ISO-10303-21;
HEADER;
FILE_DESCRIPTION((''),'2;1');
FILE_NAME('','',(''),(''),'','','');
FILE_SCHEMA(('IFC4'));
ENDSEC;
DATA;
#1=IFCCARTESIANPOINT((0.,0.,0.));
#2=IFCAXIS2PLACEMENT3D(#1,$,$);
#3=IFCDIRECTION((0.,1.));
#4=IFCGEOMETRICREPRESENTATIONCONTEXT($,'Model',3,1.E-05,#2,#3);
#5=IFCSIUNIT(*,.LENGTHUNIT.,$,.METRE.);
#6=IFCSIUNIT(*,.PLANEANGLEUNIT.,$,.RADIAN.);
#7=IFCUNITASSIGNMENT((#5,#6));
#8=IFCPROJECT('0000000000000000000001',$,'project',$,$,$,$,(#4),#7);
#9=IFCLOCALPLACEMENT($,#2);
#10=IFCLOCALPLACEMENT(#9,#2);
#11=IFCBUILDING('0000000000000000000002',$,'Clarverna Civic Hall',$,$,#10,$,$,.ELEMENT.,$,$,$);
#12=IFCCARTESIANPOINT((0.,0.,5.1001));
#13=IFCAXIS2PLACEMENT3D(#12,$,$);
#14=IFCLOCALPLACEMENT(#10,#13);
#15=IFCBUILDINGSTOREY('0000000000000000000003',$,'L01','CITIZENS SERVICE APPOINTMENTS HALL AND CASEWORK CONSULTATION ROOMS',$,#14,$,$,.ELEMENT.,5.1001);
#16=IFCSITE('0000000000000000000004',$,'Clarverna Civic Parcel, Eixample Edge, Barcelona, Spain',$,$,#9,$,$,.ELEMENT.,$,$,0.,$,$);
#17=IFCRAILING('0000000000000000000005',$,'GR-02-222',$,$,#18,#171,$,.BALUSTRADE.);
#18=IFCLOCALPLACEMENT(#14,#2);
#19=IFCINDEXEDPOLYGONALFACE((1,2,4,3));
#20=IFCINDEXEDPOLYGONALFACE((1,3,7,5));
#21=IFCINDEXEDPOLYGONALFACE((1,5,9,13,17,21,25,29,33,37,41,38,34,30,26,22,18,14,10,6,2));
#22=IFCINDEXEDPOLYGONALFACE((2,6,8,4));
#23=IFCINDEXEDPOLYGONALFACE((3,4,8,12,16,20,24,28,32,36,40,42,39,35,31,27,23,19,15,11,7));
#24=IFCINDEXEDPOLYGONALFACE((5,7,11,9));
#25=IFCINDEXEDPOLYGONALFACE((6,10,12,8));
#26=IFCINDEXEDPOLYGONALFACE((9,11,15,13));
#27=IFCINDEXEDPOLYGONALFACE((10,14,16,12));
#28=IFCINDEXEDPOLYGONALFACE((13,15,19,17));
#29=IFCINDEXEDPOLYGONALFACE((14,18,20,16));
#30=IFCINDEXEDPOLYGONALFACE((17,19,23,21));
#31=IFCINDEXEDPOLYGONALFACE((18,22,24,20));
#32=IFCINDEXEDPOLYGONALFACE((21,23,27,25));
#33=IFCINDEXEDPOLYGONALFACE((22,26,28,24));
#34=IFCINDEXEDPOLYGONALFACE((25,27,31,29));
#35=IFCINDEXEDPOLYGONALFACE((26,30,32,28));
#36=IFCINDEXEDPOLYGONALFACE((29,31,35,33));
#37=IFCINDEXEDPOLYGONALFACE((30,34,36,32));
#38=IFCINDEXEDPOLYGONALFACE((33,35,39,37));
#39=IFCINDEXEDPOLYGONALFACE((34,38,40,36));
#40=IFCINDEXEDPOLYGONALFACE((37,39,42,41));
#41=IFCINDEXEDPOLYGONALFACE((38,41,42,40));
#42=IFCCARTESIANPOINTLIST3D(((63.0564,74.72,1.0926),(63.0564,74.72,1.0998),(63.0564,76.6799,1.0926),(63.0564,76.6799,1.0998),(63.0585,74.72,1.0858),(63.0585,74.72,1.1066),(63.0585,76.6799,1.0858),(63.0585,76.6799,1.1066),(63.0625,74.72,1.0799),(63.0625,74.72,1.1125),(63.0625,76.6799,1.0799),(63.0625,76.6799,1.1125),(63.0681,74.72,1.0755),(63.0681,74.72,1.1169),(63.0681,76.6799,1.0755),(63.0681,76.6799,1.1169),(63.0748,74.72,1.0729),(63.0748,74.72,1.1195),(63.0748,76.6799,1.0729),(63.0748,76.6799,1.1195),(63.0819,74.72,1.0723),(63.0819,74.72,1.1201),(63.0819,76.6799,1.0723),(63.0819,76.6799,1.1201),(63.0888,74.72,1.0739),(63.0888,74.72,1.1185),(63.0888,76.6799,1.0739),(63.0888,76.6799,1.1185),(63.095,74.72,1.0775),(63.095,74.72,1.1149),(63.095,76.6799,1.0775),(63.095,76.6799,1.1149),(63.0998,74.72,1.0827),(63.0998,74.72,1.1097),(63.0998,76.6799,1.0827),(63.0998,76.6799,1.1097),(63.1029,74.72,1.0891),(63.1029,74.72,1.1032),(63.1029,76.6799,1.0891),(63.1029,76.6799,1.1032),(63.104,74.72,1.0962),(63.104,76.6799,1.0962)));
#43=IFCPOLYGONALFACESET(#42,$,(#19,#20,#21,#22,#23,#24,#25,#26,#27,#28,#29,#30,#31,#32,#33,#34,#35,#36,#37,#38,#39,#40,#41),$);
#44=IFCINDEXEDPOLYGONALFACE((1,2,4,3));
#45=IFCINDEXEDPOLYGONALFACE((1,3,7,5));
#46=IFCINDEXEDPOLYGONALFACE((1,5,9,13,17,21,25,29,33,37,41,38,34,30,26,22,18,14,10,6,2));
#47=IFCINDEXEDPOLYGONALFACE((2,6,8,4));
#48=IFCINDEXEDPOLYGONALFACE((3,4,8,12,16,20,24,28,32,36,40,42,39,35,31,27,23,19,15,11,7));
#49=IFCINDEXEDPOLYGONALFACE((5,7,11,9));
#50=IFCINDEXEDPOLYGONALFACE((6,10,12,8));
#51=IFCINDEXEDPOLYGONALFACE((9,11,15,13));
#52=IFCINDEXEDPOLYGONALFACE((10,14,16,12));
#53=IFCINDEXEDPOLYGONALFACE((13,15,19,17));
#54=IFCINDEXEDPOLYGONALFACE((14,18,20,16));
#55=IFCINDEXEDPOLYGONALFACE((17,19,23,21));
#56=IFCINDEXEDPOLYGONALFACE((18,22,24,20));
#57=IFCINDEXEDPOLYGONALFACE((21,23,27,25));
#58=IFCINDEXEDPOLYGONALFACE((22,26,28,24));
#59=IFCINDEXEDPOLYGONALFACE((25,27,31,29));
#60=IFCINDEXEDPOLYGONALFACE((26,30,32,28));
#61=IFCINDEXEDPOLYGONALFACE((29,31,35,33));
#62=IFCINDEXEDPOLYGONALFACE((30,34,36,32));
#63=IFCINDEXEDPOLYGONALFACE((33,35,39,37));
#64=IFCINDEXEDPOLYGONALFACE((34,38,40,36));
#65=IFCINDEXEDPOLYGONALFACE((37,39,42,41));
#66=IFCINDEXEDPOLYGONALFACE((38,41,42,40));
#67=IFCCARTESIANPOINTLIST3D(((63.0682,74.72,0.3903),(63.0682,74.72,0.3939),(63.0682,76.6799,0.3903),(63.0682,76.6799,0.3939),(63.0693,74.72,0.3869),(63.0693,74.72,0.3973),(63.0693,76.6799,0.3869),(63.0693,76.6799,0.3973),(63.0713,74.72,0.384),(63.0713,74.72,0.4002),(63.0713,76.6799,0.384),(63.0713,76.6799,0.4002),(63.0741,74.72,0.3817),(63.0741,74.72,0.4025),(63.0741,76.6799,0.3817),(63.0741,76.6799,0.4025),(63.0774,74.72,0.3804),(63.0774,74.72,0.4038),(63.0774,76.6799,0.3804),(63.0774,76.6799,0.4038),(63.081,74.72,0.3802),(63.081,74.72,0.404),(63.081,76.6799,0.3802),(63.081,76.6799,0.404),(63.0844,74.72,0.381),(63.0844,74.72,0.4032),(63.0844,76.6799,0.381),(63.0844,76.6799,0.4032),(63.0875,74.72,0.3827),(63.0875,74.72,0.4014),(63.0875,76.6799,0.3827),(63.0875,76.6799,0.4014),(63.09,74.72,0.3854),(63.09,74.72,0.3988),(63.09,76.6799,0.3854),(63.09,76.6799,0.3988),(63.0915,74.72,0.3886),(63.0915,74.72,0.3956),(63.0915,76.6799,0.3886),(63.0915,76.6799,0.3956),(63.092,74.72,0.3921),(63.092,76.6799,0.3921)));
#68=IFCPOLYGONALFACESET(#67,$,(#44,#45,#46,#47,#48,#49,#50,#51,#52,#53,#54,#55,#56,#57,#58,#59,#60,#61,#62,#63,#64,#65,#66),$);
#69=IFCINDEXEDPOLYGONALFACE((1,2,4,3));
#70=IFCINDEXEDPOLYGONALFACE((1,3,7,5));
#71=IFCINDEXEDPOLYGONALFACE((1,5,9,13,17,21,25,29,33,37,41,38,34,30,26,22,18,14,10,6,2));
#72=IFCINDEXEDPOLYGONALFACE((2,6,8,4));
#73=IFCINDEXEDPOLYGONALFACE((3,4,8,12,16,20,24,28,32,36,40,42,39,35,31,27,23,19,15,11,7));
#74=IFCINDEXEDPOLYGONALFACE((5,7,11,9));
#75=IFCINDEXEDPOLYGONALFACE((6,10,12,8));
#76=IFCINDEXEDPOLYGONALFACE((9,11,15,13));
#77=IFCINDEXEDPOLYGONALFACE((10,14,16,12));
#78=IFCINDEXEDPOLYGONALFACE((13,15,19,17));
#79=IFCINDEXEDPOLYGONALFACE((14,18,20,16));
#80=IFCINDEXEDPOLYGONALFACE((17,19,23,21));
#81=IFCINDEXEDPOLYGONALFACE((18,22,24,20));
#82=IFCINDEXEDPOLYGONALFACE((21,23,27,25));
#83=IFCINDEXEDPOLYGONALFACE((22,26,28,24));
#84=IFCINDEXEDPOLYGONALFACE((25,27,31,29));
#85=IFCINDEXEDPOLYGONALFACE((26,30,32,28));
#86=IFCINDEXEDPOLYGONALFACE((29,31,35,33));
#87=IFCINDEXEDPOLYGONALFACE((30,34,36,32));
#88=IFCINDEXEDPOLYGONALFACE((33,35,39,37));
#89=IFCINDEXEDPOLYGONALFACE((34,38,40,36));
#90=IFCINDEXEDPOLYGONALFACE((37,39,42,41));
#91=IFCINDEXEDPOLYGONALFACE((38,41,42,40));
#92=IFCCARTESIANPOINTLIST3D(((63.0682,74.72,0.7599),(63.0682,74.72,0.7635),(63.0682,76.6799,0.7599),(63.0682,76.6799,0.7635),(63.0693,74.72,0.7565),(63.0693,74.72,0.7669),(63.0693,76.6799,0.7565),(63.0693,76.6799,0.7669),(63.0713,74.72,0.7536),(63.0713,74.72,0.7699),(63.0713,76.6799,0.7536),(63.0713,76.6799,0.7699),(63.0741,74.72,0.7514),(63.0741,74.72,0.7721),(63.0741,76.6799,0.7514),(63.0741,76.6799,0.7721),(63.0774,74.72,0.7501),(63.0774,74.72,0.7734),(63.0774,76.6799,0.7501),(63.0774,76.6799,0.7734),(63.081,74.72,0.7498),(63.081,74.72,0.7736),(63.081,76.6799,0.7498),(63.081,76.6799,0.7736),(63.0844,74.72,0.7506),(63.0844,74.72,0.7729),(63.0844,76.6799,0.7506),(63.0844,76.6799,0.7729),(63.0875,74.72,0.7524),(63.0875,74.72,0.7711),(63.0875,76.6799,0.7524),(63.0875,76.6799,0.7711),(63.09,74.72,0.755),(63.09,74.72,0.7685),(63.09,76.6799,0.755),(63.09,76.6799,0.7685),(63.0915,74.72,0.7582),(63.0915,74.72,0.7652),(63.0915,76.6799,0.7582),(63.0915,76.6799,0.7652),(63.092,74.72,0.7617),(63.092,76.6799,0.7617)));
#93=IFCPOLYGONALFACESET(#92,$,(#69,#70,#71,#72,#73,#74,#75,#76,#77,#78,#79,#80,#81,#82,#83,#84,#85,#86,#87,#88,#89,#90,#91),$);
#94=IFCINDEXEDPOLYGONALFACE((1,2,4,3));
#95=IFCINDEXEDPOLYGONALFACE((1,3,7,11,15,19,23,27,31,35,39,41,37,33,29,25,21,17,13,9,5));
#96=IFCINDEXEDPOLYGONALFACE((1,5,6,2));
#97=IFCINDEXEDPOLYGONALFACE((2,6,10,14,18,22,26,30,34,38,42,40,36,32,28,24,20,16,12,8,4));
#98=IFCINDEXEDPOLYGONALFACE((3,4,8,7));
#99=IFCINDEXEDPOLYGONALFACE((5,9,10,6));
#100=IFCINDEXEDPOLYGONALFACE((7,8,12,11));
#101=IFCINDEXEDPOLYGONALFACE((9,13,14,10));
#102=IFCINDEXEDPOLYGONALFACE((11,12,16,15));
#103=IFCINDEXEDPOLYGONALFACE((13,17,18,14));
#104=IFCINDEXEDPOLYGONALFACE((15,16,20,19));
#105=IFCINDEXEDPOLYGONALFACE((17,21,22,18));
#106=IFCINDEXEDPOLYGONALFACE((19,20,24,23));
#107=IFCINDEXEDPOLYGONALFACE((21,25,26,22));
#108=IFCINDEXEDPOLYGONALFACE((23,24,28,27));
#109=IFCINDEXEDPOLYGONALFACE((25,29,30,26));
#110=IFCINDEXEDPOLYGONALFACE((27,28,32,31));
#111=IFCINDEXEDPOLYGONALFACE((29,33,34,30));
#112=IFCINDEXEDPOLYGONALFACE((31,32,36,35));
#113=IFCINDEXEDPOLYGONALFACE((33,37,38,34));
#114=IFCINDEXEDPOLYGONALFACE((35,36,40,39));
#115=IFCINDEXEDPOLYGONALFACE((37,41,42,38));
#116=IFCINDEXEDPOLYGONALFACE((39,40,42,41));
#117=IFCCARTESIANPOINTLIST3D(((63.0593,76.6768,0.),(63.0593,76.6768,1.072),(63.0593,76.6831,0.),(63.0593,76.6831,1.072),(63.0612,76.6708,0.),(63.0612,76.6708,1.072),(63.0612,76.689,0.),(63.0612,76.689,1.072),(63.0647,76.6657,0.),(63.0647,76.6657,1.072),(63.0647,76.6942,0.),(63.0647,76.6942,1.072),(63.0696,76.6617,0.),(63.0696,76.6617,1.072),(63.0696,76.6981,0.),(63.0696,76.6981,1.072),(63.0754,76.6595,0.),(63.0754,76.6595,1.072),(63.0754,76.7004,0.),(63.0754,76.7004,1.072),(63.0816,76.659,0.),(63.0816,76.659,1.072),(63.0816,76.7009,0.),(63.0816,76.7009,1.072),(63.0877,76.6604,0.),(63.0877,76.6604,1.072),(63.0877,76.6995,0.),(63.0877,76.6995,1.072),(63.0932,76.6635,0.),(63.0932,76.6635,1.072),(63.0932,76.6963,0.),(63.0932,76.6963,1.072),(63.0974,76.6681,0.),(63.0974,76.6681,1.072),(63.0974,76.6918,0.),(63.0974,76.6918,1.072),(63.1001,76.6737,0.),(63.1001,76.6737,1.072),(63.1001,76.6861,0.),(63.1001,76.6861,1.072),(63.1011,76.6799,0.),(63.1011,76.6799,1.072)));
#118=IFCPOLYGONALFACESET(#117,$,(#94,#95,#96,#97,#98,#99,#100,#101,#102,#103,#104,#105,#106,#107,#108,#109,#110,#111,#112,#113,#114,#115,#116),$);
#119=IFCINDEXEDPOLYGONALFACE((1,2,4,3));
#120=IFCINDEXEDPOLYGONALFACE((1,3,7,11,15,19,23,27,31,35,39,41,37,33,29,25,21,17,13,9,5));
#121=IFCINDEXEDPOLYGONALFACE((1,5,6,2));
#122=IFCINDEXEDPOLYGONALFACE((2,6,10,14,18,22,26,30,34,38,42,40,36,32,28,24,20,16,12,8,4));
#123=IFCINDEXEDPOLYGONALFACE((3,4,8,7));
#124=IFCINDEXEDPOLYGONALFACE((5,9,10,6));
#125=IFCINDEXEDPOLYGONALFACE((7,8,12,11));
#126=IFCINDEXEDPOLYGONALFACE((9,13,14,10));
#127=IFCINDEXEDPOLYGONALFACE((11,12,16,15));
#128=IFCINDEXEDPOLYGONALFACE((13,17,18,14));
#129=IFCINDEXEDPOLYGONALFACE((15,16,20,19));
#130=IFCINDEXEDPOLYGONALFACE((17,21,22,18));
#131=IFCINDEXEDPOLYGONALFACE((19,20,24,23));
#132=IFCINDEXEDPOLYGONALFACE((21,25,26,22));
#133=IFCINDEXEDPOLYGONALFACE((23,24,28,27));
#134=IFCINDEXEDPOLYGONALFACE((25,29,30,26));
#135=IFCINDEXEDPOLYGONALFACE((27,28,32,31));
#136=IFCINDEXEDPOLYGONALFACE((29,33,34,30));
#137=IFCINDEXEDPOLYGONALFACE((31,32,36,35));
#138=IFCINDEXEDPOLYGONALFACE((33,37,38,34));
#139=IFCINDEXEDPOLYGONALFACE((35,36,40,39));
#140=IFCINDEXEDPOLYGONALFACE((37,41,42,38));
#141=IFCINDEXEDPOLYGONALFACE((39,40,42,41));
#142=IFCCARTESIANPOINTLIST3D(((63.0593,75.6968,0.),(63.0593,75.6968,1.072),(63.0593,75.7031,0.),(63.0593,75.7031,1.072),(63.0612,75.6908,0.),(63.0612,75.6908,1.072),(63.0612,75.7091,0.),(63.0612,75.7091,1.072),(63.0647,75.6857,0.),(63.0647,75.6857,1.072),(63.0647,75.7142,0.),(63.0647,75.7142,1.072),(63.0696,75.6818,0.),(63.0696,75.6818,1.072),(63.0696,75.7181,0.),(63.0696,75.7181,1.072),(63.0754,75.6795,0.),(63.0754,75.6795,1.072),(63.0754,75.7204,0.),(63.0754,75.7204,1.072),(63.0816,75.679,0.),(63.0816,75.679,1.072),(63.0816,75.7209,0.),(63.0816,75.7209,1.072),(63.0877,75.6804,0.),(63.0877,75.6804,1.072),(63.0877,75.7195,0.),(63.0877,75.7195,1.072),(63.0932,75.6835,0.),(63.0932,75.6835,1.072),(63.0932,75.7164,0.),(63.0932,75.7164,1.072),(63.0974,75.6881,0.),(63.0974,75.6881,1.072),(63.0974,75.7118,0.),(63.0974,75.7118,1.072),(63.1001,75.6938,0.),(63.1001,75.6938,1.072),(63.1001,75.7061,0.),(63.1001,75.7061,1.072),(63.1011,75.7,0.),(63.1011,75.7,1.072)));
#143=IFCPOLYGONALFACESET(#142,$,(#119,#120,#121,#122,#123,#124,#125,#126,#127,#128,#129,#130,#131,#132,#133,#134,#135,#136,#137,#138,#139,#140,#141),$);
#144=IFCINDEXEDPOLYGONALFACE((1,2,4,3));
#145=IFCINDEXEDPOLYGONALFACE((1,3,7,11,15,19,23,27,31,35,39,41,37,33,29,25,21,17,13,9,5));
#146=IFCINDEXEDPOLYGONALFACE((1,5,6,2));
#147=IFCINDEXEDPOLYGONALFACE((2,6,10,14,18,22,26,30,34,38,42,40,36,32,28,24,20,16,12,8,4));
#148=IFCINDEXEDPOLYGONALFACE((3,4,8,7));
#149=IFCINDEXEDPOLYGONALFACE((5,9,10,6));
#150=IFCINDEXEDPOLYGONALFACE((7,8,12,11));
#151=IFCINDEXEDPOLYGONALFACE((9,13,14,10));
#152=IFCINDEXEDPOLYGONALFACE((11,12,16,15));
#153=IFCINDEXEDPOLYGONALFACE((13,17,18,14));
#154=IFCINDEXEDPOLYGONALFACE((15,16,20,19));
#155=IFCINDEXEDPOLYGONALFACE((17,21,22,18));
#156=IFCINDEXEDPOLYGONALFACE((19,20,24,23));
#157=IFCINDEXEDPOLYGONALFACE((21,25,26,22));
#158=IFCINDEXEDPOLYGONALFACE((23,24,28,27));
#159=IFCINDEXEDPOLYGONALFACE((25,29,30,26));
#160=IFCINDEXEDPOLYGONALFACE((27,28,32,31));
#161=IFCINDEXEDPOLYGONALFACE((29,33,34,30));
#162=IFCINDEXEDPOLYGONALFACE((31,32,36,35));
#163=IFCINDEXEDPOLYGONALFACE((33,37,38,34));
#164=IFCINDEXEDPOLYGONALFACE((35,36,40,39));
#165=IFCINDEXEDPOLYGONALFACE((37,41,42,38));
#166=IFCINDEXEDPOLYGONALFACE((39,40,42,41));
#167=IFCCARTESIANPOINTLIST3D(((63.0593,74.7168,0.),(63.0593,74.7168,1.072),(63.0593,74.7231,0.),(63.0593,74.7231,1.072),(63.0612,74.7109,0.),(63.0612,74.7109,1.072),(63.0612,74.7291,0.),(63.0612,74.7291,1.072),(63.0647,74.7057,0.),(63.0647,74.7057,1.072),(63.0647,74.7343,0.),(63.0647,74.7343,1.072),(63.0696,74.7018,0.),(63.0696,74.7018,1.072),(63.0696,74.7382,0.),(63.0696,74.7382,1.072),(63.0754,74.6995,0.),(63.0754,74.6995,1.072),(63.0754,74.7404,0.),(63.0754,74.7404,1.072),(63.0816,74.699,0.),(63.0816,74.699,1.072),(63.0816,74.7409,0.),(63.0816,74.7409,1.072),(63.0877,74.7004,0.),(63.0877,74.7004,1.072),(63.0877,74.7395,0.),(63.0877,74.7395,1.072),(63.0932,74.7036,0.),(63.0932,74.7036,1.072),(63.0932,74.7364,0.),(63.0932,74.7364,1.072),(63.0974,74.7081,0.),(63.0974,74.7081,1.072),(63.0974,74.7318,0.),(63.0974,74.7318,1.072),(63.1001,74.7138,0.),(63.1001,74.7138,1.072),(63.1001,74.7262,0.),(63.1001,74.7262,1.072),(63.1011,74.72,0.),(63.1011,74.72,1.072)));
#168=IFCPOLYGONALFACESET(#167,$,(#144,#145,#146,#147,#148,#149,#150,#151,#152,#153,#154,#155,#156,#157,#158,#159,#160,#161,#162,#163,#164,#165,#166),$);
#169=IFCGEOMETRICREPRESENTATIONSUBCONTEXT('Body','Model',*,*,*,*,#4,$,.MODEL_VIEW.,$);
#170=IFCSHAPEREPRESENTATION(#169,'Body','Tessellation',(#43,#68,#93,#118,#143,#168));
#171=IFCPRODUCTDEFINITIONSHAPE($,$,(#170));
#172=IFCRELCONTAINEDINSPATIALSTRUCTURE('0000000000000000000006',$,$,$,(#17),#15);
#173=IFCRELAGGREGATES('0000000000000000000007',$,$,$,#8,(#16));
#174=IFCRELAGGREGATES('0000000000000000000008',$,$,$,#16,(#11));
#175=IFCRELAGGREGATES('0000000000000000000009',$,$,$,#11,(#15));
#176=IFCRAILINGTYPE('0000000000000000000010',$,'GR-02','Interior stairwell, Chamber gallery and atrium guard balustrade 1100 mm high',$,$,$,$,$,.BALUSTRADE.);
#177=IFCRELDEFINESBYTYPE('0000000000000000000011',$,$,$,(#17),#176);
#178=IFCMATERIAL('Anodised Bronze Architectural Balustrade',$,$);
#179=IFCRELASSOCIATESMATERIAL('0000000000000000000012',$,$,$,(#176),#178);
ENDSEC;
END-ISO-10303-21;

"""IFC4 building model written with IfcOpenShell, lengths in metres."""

from ifc_helpers import new_model, si_unit, direction, frame, origin, origin_2d, place, context, subcontext, project, spatial, circle, extrude, material, type_object, element, save


model = new_model("IFC4")

# Units and contexts
model_context = context("Model", 3, precision=1e-05, world=origin(), true_north=direction((0.0, 1.0)))
body_context = subcontext(model_context, "Body", "Model", "MODEL_VIEW")
ifc_project = project(units=[si_unit("LENGTHUNIT", "METRE"), si_unit("PLANEANGLEUNIT", "RADIAN")], contexts=[model_context])

# Site, building, storey
site_placement = place(None, origin())
site = spatial("IfcSite", under=ifc_project, at=site_placement, Name="Clarverna Civic Parcel, Eixample Edge, Barcelona, Spain", CompositionType="ELEMENT", RefElevation=0.0)
building_placement = place(site_placement, origin())
building = spatial("IfcBuilding", under=site, at=building_placement, Name="Clarverna Civic Hall", CompositionType="ELEMENT")
storey_placement = place(building_placement, frame((0.0, 0.0, 5.1001)))
storey = spatial("IfcBuildingStorey", under=building, at=storey_placement, Name="L01", Description="CITIZENS SERVICE APPOINTMENTS HALL AND CASEWORK CONSULTATION ROOMS", CompositionType="ELEMENT", Elevation=5.1001)

# Railing
ifc_material_1 = material(Name="Anodised Bronze Architectural Balustrade")
railing_type = type_object("IfcRailingType", Name="GR-02", Description="Interior stairwell, Chamber gallery and atrium guard balustrade 1100 mm high", PredefinedType="BALUSTRADE", material=ifc_material_1)
railing_1_placement = place(storey_placement, frame((63.0801, 76.6799, 0.0)))
element("IfcRailing", 1, at=railing_1_placement, inside=storey, type_object=railing_type, Name="GR-02-222", PredefinedType="BALUSTRADE", context=body_context, shape_type="SweptSolid", body=[
    extrude(circle(Radius=0.0239, at=origin_2d()), frame((0.0, 0.0, 1.0962), z_axis=(0.0, -1.0, 0.0), x_axis=(1.0, 0.0, 0.0)), (0.0, 0.0, 1.0), 1.96),
    extrude(circle(Radius=0.012, at=origin_2d()), frame((0.0, 0.0, 0.3921), z_axis=(0.0, -1.0, 0.0), x_axis=(1.0, 0.0, 0.0)), (0.0, 0.0, 1.0), 1.96),
    extrude(circle(Radius=0.012, at=origin_2d()), frame((0.0, 0.0, 0.7617), z_axis=(0.0, -1.0, 0.0), x_axis=(1.0, 0.0, 0.0)), (0.0, 0.0, 1.0), 1.96),
    extrude(circle(Radius=0.021, at=origin_2d()), origin(), (0.0, 0.0, 1.0), 1.072),
    extrude(circle(Radius=0.021, at=origin_2d()), frame((0.0, -0.98, 0.0)), (0.0, 0.0, 1.0), 1.072),
    extrude(circle(Radius=0.021, at=origin_2d()), frame((0.0, -1.96, 0.0)), (0.0, 0.0, 1.0), 1.072),
])

save(model, "model.ifc")
